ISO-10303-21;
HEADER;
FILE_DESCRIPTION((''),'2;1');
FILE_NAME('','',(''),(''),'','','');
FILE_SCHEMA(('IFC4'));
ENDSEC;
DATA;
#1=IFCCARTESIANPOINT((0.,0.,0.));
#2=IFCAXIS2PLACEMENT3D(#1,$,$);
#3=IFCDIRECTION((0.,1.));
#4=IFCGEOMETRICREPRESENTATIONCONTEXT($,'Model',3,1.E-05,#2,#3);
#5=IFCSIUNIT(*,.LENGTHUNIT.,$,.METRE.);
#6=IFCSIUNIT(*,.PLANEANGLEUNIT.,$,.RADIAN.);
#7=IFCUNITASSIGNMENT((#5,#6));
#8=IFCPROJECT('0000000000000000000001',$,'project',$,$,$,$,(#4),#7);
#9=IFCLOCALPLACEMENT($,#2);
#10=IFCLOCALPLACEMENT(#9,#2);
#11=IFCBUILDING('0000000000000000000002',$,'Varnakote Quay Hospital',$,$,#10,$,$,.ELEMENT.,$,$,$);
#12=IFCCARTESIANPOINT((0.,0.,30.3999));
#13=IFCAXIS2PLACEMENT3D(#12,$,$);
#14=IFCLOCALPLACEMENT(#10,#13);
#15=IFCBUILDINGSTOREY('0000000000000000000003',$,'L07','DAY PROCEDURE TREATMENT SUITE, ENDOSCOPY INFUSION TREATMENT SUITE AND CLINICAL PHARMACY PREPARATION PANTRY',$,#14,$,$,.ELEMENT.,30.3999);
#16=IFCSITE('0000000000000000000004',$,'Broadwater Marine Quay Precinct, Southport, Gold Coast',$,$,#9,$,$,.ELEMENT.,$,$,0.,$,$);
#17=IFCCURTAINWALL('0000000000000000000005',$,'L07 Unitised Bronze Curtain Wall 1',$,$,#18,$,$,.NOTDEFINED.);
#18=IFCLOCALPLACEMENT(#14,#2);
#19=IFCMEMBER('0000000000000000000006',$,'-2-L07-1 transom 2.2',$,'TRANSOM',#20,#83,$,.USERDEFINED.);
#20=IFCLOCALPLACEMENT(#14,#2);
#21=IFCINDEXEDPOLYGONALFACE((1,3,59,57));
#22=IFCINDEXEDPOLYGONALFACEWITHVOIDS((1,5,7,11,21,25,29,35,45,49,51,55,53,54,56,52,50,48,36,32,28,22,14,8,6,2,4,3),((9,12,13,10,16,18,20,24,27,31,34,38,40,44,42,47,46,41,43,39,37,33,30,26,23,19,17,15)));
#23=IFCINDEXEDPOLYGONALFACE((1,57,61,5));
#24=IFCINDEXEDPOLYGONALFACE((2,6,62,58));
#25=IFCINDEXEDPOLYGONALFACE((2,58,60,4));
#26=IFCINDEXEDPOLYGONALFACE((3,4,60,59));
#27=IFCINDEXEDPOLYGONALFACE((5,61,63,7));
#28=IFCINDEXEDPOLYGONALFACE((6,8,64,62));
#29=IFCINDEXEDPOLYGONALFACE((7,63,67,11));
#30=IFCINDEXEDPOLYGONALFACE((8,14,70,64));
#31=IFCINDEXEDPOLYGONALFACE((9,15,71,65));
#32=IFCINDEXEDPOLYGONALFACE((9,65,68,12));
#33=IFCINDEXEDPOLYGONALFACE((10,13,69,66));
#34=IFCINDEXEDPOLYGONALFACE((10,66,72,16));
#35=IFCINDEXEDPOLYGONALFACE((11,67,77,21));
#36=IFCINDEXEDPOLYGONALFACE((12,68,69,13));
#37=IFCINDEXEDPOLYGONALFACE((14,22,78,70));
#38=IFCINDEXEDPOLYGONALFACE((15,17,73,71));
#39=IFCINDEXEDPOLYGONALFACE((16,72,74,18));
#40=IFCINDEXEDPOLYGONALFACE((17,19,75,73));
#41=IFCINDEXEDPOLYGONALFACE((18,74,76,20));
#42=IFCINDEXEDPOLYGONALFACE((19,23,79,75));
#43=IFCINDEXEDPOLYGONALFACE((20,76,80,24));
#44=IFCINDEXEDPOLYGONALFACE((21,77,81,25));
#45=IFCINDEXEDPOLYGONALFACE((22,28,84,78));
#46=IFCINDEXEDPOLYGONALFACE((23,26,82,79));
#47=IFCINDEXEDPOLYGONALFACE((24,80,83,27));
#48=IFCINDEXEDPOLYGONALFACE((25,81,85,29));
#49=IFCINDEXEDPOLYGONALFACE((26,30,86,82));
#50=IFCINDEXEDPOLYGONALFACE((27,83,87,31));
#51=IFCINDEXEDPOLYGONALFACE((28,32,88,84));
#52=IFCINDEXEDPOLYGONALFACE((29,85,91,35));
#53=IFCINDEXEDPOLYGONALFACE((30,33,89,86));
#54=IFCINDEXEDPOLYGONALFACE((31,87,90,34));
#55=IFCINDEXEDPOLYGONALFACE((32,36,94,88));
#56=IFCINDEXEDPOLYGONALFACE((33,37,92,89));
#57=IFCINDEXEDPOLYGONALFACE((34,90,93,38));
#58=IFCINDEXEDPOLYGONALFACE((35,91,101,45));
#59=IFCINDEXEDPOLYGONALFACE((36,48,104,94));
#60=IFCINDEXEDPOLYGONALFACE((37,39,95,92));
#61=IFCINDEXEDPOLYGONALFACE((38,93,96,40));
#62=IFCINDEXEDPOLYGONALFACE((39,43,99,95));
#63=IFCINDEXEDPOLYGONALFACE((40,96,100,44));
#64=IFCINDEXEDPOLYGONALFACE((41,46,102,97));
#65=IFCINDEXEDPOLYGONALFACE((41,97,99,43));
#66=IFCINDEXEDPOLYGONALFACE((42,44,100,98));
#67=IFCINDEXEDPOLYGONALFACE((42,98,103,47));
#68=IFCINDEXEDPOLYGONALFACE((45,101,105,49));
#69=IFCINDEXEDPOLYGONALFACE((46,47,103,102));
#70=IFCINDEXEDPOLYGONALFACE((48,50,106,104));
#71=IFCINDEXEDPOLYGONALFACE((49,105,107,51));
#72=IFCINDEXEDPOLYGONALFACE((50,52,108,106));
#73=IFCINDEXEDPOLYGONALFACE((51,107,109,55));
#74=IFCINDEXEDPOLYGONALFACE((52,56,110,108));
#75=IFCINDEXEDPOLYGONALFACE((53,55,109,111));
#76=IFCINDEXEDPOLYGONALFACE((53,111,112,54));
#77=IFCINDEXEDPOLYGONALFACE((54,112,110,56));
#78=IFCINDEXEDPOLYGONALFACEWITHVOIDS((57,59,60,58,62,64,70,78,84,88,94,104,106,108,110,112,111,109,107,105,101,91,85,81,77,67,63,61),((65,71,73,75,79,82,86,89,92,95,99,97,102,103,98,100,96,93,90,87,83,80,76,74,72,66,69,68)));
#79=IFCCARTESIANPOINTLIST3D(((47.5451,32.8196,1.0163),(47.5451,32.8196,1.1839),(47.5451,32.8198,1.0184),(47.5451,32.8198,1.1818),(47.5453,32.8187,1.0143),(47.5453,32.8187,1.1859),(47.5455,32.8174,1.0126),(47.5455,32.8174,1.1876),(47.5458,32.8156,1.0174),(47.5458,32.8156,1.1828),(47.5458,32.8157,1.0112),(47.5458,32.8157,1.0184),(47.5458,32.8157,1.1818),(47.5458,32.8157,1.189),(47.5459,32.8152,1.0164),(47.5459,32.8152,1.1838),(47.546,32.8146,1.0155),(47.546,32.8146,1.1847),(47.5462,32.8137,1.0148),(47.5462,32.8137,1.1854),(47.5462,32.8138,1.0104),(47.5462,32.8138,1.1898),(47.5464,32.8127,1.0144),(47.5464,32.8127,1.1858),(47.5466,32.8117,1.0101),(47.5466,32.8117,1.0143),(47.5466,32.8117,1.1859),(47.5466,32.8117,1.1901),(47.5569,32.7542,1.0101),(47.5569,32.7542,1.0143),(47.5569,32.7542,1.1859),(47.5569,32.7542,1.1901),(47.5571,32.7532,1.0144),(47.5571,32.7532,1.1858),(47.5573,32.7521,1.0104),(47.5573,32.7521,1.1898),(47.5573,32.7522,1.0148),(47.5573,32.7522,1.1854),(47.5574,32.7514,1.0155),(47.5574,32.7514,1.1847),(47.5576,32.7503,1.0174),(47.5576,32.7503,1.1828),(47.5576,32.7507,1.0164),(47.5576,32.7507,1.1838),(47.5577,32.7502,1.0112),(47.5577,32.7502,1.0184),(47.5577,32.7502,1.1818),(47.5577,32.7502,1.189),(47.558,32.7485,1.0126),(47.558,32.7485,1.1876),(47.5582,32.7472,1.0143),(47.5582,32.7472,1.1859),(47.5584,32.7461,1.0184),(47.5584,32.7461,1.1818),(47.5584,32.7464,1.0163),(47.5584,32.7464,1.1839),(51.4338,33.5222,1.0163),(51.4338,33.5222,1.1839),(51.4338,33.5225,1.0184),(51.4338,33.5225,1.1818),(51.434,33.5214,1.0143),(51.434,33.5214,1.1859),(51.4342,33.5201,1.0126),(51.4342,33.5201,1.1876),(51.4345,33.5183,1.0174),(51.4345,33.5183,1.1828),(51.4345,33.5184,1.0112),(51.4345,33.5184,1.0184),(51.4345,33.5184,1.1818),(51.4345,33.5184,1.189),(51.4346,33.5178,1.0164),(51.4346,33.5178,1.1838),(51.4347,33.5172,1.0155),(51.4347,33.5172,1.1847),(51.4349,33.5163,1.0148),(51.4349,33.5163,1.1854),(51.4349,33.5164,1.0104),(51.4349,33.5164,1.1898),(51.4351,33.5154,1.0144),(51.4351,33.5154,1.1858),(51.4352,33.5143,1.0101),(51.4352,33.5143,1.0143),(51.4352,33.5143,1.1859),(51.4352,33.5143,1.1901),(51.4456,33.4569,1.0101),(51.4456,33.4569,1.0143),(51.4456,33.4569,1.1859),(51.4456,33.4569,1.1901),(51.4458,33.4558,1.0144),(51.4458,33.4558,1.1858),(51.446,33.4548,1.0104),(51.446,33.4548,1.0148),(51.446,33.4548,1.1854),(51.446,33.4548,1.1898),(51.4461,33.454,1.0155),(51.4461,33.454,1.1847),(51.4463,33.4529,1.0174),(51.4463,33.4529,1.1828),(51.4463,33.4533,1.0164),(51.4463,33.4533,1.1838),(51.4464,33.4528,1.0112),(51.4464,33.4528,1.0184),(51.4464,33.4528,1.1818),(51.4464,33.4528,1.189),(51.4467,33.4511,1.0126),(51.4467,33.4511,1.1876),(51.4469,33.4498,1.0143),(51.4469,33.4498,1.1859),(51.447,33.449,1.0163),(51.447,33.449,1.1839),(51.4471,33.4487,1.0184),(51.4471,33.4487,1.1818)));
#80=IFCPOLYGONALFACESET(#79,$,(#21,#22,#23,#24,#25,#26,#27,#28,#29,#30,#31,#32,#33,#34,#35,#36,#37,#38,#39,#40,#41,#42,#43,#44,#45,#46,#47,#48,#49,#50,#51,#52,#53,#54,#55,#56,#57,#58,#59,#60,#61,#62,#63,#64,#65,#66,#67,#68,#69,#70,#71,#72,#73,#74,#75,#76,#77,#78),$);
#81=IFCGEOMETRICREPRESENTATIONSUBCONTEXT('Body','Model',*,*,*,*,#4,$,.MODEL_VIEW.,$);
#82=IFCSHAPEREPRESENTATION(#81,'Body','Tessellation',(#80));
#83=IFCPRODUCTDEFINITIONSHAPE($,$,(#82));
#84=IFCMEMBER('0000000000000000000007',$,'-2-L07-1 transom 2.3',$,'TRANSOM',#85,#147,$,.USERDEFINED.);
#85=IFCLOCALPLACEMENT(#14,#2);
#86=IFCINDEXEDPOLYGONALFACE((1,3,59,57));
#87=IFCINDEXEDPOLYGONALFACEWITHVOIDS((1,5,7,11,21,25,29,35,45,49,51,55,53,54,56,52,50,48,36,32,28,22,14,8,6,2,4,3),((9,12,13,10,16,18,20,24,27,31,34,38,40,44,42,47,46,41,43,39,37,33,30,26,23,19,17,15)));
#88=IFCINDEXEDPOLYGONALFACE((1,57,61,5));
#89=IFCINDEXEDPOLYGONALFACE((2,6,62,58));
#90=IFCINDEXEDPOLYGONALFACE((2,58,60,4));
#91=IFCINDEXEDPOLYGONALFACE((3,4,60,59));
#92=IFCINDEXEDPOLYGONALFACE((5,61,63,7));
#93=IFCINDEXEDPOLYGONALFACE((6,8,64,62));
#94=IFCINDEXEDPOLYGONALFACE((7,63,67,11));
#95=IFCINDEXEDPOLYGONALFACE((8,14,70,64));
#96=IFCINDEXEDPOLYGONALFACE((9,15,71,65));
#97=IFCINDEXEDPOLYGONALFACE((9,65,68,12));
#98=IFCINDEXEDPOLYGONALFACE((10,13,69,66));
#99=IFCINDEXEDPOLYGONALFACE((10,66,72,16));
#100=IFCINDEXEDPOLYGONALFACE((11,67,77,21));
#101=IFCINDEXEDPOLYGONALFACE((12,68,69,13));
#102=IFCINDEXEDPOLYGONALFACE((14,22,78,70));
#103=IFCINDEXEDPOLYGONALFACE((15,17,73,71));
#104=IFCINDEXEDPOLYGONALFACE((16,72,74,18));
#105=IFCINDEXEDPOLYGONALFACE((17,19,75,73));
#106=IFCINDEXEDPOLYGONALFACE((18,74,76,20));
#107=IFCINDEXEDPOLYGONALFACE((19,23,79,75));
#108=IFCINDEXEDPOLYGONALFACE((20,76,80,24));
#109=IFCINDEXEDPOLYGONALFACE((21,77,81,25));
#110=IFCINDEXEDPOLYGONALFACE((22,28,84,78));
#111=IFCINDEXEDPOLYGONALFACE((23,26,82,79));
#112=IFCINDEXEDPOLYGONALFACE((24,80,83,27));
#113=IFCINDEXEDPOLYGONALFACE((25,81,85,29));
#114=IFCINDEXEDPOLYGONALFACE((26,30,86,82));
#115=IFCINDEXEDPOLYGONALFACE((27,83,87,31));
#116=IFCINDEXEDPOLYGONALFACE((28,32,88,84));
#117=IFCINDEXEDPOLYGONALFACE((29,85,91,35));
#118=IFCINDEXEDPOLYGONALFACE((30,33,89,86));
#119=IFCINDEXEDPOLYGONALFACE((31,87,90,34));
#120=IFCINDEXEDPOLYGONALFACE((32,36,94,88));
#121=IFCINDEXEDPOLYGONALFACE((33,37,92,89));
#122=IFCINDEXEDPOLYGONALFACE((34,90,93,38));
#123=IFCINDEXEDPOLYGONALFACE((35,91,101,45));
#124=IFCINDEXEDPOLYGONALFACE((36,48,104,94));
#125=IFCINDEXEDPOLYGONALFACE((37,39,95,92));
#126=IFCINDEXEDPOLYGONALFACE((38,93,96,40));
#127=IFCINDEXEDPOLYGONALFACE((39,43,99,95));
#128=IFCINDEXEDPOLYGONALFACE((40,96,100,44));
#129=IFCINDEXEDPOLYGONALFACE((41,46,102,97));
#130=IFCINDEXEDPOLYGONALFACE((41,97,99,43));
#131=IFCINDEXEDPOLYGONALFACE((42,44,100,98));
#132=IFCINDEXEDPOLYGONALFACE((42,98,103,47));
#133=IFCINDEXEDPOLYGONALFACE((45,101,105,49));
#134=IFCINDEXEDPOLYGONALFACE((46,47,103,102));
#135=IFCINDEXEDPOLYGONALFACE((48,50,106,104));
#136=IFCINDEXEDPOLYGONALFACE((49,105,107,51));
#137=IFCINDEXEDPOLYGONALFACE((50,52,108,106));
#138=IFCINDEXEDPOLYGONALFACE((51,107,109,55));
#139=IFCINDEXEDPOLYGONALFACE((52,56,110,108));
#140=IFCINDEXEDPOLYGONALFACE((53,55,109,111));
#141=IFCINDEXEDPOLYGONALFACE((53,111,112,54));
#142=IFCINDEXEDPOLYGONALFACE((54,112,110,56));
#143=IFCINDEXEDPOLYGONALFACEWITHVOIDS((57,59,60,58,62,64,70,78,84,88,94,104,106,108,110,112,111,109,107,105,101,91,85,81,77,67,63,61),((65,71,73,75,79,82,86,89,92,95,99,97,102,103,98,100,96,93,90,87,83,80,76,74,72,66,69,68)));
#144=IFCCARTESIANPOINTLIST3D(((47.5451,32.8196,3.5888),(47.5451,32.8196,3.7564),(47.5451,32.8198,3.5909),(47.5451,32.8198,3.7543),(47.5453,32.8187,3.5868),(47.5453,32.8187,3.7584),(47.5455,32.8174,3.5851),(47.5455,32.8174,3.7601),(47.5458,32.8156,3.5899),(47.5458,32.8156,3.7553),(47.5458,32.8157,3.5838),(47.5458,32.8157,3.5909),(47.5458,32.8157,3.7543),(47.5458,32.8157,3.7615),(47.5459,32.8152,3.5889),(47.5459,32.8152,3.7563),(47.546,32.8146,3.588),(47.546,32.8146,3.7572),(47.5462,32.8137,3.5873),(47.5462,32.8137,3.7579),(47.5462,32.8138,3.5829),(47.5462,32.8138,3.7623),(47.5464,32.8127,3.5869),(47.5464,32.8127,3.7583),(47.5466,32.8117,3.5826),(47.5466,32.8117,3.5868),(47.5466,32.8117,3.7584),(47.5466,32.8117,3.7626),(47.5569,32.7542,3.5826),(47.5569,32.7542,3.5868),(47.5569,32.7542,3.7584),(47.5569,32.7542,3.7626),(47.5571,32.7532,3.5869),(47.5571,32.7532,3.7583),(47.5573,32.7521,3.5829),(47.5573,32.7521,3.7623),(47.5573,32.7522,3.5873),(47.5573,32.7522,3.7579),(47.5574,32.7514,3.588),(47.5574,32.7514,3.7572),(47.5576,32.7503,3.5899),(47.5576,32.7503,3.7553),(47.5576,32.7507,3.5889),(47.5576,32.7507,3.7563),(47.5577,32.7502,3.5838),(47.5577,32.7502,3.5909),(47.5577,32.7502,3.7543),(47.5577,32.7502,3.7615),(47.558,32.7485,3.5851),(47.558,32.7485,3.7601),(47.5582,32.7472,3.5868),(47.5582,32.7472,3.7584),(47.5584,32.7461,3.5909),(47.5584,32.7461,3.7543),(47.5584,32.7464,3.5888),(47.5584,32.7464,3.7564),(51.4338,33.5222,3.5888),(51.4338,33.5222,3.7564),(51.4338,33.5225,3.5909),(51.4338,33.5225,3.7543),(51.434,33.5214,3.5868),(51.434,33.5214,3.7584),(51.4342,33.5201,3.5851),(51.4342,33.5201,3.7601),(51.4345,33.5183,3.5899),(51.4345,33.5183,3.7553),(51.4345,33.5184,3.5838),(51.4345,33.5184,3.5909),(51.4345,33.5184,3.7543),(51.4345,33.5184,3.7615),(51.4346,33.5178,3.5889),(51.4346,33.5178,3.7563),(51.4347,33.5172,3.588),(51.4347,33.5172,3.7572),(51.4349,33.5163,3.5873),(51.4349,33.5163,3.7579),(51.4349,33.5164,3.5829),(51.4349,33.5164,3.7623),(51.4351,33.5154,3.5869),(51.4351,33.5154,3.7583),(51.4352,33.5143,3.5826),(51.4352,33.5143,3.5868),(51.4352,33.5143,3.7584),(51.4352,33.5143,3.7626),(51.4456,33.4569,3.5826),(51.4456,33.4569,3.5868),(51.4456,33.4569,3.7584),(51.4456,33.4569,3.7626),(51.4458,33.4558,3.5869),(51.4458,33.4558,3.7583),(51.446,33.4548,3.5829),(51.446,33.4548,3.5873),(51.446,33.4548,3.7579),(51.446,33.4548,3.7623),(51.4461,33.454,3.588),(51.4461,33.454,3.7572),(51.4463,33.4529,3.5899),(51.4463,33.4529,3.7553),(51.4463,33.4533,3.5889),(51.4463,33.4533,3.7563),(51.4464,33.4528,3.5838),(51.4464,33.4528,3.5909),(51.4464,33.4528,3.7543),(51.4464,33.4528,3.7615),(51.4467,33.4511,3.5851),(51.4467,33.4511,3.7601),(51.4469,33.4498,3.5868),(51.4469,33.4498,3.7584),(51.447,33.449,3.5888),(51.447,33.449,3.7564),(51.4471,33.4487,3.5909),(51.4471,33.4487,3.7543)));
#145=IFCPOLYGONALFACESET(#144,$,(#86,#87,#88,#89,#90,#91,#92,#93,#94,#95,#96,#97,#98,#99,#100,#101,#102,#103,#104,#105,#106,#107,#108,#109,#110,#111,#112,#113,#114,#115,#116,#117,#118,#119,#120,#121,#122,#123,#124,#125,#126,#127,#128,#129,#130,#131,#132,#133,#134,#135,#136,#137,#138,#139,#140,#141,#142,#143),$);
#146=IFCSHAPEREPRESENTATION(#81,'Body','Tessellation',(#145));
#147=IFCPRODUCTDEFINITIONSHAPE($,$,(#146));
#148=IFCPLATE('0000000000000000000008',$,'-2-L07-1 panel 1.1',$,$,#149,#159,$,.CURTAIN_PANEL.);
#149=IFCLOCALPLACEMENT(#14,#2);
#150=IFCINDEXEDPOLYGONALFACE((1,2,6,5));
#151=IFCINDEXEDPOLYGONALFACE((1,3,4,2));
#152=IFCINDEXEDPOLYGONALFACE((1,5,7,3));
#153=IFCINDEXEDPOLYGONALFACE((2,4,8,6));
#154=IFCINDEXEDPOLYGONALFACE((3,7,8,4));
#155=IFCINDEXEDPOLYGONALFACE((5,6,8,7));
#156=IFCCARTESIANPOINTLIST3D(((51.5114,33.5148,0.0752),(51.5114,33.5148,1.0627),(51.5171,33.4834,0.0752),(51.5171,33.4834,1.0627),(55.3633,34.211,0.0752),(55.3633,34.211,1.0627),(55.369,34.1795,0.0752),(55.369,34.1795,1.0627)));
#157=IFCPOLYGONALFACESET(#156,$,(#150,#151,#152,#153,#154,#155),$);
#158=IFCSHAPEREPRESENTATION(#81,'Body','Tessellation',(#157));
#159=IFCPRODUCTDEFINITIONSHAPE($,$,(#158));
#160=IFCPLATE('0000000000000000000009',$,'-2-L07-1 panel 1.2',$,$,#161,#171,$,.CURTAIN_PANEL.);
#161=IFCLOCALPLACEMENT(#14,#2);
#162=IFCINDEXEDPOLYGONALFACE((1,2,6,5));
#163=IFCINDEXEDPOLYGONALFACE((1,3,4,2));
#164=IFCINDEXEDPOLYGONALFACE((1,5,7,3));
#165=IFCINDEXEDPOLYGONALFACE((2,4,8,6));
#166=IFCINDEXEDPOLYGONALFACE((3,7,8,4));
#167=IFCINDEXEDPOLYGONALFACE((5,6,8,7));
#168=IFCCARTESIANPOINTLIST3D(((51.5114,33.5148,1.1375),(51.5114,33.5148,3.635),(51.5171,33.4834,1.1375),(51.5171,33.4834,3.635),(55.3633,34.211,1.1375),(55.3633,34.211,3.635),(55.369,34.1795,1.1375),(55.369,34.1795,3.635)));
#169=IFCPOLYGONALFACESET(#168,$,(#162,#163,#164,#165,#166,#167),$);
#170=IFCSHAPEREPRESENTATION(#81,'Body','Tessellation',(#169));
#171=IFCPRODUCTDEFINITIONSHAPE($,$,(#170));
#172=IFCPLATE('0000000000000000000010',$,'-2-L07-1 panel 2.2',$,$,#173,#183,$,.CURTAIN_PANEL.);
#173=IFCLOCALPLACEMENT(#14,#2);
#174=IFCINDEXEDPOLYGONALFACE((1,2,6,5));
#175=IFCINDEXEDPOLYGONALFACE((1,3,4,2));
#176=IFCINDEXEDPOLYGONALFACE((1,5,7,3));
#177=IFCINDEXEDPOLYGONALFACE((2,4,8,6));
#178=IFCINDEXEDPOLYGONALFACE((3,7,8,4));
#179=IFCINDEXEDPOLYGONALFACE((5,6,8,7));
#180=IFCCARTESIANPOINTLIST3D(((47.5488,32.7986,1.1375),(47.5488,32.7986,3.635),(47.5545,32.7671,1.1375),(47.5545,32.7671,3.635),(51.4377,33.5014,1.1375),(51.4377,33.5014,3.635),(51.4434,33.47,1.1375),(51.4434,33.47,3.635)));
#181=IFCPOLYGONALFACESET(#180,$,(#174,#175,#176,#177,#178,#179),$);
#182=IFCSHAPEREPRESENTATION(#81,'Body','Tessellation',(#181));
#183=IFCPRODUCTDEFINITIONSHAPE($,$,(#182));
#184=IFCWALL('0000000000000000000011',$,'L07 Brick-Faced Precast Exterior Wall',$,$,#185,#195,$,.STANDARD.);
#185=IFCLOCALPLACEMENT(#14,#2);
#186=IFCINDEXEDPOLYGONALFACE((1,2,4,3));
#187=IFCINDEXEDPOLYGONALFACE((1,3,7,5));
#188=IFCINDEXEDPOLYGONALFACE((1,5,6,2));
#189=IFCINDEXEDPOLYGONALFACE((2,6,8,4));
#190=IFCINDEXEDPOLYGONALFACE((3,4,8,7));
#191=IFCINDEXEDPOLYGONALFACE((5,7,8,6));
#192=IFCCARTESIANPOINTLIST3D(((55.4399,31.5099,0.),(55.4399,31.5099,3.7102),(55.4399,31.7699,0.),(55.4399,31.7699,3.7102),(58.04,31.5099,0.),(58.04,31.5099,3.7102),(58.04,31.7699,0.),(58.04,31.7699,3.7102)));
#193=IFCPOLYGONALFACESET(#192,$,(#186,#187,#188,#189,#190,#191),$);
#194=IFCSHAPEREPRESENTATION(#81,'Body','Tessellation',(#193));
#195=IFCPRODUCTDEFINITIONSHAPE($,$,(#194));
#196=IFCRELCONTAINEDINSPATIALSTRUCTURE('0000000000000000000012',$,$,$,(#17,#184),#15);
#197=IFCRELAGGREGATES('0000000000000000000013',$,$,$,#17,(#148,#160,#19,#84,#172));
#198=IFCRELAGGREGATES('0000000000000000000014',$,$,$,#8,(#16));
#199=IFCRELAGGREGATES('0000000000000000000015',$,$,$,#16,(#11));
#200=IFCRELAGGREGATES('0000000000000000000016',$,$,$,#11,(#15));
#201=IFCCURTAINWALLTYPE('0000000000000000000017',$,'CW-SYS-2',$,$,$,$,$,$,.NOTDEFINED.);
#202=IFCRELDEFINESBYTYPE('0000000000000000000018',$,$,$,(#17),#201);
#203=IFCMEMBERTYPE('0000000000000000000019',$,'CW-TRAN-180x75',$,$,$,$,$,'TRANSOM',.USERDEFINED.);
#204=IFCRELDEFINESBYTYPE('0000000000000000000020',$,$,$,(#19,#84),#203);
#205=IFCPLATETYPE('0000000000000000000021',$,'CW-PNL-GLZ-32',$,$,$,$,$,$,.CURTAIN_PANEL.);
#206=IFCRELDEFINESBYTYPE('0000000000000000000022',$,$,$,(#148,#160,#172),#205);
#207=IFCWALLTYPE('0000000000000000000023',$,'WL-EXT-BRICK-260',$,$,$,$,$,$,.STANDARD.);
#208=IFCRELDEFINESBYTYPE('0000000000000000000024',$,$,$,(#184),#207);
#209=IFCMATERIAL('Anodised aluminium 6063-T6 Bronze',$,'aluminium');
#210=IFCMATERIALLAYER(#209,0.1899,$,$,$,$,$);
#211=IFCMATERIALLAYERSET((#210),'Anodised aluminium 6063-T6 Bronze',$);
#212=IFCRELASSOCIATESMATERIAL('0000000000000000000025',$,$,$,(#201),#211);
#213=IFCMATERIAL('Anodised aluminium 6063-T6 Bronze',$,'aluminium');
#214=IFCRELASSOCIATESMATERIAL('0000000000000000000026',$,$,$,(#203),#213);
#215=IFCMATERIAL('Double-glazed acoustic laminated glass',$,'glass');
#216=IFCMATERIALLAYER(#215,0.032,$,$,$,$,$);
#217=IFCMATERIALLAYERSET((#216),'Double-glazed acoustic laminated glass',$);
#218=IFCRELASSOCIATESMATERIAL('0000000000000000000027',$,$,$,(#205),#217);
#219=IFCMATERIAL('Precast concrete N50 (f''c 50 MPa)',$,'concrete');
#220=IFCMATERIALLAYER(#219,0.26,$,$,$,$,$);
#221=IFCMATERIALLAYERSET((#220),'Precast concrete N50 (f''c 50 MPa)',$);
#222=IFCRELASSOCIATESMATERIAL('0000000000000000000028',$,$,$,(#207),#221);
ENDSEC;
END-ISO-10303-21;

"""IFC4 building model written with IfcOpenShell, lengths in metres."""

from ifc_helpers import new_model, si_unit, direction, frame, frame_2d, origin, origin_2d, place, context, subcontext, project, spatial, rectangle, hollow_rectangle, extrude, material, layer, layer_set, material_profile, profile_set, type_object, element, aggregate, save


model = new_model("IFC4")

# Units and contexts
model_context = context("Model", 3, precision=1e-05, world=origin(), true_north=direction((0.0, 1.0)))
body_context = subcontext(model_context, "Body", "Model", "MODEL_VIEW")
ifc_project = project(units=[si_unit("LENGTHUNIT", "METRE"), si_unit("PLANEANGLEUNIT", "RADIAN")], contexts=[model_context])

# Site, building, storey
site_placement = place(None, origin())
site = spatial("IfcSite", under=ifc_project, at=site_placement, Name="Broadwater Marine Quay Precinct, Southport, Gold Coast", CompositionType="ELEMENT", RefElevation=0.0)
building_placement = place(site_placement, origin())
building = spatial("IfcBuilding", under=site, at=building_placement, Name="Varnakote Quay Hospital", CompositionType="ELEMENT")
storey_placement = place(building_placement, frame((0.0, 0.0, 30.3999)))
storey = spatial("IfcBuildingStorey", under=building, at=storey_placement, Name="L07", Description="DAY PROCEDURE TREATMENT SUITE, ENDOSCOPY INFUSION TREATMENT SUITE AND CLINICAL PHARMACY PREPARATION PANTRY", CompositionType="ELEMENT", Elevation=30.3999)

# Curtain wall, members, plates
ifc_material_1 = material(Name="Anodised aluminium 6063-T6 Bronze", Category="aluminium")
ifc_layer_1 = layer(ifc_material_1, 0.1899)
ifc_layer_set_1 = layer_set([ifc_layer_1], Name="Anodised aluminium 6063-T6 Bronze")
curtain_wall_type = type_object("IfcCurtainWallType", Name="CW-SYS-2", PredefinedType="NOTDEFINED", material=ifc_layer_set_1)
curtain_wall_placement = place(storey_placement, origin())
curtain_wall = element("IfcCurtainWall", 1, at=curtain_wall_placement, inside=storey, type_object=curtain_wall_type, Name="L07 Unitised Bronze Curtain Wall 1", PredefinedType="NOTDEFINED")
ifc_material_2 = material(Name="Anodised aluminium 6063-T6 Bronze", Category="aluminium")
ifc_material_profile_1 = material_profile(ifc_material_2, hollow_rectangle(XDim=0.075, YDim=0.1799, WallThickness=0.0042, InnerFilletRadius=0.0042, OuterFilletRadius=0.0083, at=origin_2d()), Name="CW-TRAN-180x75")
ifc_profile_set_1 = profile_set([ifc_material_profile_1], Name="Anodised aluminium 6063-T6 Bronze")
member_type_1 = type_object("IfcMemberType", Name="CW-TRAN-180x75", ElementType="TRANSOM", PredefinedType="USERDEFINED", material=ifc_profile_set_1)
member_1_placement = place(storey_placement, frame((51.4404, 33.4856, 1.1001), z_axis=(-0.984065, -0.177809, 0.0), x_axis=(0.177809, -0.984065, 0.0)))
member_1 = element("IfcMember", 2, at=member_1_placement, type_object=member_type_1, Name="-2-L07-1 transom 2.2", ObjectType="TRANSOM", PredefinedType="USERDEFINED", context=body_context, shape_type="SweptSolid", body=[
    extrude(hollow_rectangle(XDim=0.075, YDim=0.1799, WallThickness=0.0042, InnerFilletRadius=0.0042, OuterFilletRadius=0.0083, at=origin_2d()), origin(), (0.0, 0.0, 1.0), 3.9517),
])
member_2_placement = place(storey_placement, frame((51.4404, 33.4856, 3.6726), z_axis=(-0.984065, -0.177809, 0.0), x_axis=(0.177809, -0.984065, 0.0)))
member_2 = element("IfcMember", 3, at=member_2_placement, type_object=member_type_1, Name="-2-L07-1 transom 2.3", ObjectType="TRANSOM", PredefinedType="USERDEFINED", context=body_context, shape_type="SweptSolid", body=[
    extrude(hollow_rectangle(XDim=0.075, YDim=0.1799, WallThickness=0.0042, InnerFilletRadius=0.0042, OuterFilletRadius=0.0083, at=origin_2d()), origin(), (0.0, 0.0, 1.0), 3.9517),
])
ifc_material_3 = material(Name="Double-glazed acoustic laminated glass", Category="glass")
ifc_layer_2 = layer(ifc_material_3, 0.032)
ifc_layer_set_2 = layer_set([ifc_layer_2], Name="Double-glazed acoustic laminated glass")
plate_type = type_object("IfcPlateType", Name="CW-PNL-GLZ-32", PredefinedType="CURTAIN_PANEL", material=ifc_layer_set_2)
plate_1_placement = place(storey_placement, frame((53.4402, 33.8472, 0.0752), z_axis=(0.0, 0.0, 1.0), x_axis=(-0.984058, -0.177846, 0.0)))
plate_1 = element("IfcPlate", 4, at=plate_1_placement, type_object=plate_type, Name="-2-L07-1 panel 1.1", PredefinedType="CURTAIN_PANEL", context=body_context, shape_type="SweptSolid", body=[
    extrude(rectangle(XDim=3.9143, YDim=0.032, at=origin_2d()), origin(), (0.0, 0.0, 1.0), 0.9875),
])
plate_2_placement = place(storey_placement, frame((53.4402, 33.8472, 1.1375), z_axis=(0.0, 0.0, 1.0), x_axis=(-0.984058, -0.177846, 0.0)))
plate_2 = element("IfcPlate", 5, at=plate_2_placement, type_object=plate_type, Name="-2-L07-1 panel 1.2", PredefinedType="CURTAIN_PANEL", context=body_context, shape_type="SweptSolid", body=[
    extrude(rectangle(XDim=3.9143, YDim=0.032, at=origin_2d()), origin(), (0.0, 0.0, 1.0), 2.4976),
])
plate_3_placement = place(storey_placement, frame((49.4961, 33.1343, 1.1375), z_axis=(0.0, 0.0, 1.0), x_axis=(-0.984058, -0.177846, 0.0)))
plate_3 = element("IfcPlate", 6, at=plate_3_placement, type_object=plate_type, Name="-2-L07-1 panel 2.2", PredefinedType="CURTAIN_PANEL", context=body_context, shape_type="SweptSolid", body=[
    extrude(rectangle(XDim=3.9519, YDim=0.032, at=origin_2d()), origin(), (0.0, 0.0, 1.0), 2.4976),
])
aggregate(curtain_wall, [plate_1, plate_2, member_1, member_2, plate_3])

# Wall
ifc_material_4 = material(Name="Precast concrete N50 (f'c 50 MPa)", Category="concrete")
ifc_layer_3 = layer(ifc_material_4, 0.26)
ifc_layer_set_3 = layer_set([ifc_layer_3], Name="Precast concrete N50 (f'c 50 MPa)")
wall_type_1 = type_object("IfcWallType", Name="WL-EXT-BRICK-260", PredefinedType="STANDARD", material=ifc_layer_set_3)
wall_1_placement = place(storey_placement, frame((58.04, 31.6399, 0.0), z_axis=(0.0, 0.0, 1.0), x_axis=(-1.0, 0.0, 0.0)))
element("IfcWall", 7, at=wall_1_placement, inside=storey, type_object=wall_type_1, Name="L07 Brick-Faced Precast Exterior Wall", PredefinedType="STANDARD", context=body_context, shape_type="SweptSolid", body=[
    extrude(rectangle(XDim=2.6001, YDim=0.26, at=frame_2d((1.3, 0.0))), origin(), (0.0, 0.0, 1.0), 3.7102),
])

save(model, "model.ifc")
